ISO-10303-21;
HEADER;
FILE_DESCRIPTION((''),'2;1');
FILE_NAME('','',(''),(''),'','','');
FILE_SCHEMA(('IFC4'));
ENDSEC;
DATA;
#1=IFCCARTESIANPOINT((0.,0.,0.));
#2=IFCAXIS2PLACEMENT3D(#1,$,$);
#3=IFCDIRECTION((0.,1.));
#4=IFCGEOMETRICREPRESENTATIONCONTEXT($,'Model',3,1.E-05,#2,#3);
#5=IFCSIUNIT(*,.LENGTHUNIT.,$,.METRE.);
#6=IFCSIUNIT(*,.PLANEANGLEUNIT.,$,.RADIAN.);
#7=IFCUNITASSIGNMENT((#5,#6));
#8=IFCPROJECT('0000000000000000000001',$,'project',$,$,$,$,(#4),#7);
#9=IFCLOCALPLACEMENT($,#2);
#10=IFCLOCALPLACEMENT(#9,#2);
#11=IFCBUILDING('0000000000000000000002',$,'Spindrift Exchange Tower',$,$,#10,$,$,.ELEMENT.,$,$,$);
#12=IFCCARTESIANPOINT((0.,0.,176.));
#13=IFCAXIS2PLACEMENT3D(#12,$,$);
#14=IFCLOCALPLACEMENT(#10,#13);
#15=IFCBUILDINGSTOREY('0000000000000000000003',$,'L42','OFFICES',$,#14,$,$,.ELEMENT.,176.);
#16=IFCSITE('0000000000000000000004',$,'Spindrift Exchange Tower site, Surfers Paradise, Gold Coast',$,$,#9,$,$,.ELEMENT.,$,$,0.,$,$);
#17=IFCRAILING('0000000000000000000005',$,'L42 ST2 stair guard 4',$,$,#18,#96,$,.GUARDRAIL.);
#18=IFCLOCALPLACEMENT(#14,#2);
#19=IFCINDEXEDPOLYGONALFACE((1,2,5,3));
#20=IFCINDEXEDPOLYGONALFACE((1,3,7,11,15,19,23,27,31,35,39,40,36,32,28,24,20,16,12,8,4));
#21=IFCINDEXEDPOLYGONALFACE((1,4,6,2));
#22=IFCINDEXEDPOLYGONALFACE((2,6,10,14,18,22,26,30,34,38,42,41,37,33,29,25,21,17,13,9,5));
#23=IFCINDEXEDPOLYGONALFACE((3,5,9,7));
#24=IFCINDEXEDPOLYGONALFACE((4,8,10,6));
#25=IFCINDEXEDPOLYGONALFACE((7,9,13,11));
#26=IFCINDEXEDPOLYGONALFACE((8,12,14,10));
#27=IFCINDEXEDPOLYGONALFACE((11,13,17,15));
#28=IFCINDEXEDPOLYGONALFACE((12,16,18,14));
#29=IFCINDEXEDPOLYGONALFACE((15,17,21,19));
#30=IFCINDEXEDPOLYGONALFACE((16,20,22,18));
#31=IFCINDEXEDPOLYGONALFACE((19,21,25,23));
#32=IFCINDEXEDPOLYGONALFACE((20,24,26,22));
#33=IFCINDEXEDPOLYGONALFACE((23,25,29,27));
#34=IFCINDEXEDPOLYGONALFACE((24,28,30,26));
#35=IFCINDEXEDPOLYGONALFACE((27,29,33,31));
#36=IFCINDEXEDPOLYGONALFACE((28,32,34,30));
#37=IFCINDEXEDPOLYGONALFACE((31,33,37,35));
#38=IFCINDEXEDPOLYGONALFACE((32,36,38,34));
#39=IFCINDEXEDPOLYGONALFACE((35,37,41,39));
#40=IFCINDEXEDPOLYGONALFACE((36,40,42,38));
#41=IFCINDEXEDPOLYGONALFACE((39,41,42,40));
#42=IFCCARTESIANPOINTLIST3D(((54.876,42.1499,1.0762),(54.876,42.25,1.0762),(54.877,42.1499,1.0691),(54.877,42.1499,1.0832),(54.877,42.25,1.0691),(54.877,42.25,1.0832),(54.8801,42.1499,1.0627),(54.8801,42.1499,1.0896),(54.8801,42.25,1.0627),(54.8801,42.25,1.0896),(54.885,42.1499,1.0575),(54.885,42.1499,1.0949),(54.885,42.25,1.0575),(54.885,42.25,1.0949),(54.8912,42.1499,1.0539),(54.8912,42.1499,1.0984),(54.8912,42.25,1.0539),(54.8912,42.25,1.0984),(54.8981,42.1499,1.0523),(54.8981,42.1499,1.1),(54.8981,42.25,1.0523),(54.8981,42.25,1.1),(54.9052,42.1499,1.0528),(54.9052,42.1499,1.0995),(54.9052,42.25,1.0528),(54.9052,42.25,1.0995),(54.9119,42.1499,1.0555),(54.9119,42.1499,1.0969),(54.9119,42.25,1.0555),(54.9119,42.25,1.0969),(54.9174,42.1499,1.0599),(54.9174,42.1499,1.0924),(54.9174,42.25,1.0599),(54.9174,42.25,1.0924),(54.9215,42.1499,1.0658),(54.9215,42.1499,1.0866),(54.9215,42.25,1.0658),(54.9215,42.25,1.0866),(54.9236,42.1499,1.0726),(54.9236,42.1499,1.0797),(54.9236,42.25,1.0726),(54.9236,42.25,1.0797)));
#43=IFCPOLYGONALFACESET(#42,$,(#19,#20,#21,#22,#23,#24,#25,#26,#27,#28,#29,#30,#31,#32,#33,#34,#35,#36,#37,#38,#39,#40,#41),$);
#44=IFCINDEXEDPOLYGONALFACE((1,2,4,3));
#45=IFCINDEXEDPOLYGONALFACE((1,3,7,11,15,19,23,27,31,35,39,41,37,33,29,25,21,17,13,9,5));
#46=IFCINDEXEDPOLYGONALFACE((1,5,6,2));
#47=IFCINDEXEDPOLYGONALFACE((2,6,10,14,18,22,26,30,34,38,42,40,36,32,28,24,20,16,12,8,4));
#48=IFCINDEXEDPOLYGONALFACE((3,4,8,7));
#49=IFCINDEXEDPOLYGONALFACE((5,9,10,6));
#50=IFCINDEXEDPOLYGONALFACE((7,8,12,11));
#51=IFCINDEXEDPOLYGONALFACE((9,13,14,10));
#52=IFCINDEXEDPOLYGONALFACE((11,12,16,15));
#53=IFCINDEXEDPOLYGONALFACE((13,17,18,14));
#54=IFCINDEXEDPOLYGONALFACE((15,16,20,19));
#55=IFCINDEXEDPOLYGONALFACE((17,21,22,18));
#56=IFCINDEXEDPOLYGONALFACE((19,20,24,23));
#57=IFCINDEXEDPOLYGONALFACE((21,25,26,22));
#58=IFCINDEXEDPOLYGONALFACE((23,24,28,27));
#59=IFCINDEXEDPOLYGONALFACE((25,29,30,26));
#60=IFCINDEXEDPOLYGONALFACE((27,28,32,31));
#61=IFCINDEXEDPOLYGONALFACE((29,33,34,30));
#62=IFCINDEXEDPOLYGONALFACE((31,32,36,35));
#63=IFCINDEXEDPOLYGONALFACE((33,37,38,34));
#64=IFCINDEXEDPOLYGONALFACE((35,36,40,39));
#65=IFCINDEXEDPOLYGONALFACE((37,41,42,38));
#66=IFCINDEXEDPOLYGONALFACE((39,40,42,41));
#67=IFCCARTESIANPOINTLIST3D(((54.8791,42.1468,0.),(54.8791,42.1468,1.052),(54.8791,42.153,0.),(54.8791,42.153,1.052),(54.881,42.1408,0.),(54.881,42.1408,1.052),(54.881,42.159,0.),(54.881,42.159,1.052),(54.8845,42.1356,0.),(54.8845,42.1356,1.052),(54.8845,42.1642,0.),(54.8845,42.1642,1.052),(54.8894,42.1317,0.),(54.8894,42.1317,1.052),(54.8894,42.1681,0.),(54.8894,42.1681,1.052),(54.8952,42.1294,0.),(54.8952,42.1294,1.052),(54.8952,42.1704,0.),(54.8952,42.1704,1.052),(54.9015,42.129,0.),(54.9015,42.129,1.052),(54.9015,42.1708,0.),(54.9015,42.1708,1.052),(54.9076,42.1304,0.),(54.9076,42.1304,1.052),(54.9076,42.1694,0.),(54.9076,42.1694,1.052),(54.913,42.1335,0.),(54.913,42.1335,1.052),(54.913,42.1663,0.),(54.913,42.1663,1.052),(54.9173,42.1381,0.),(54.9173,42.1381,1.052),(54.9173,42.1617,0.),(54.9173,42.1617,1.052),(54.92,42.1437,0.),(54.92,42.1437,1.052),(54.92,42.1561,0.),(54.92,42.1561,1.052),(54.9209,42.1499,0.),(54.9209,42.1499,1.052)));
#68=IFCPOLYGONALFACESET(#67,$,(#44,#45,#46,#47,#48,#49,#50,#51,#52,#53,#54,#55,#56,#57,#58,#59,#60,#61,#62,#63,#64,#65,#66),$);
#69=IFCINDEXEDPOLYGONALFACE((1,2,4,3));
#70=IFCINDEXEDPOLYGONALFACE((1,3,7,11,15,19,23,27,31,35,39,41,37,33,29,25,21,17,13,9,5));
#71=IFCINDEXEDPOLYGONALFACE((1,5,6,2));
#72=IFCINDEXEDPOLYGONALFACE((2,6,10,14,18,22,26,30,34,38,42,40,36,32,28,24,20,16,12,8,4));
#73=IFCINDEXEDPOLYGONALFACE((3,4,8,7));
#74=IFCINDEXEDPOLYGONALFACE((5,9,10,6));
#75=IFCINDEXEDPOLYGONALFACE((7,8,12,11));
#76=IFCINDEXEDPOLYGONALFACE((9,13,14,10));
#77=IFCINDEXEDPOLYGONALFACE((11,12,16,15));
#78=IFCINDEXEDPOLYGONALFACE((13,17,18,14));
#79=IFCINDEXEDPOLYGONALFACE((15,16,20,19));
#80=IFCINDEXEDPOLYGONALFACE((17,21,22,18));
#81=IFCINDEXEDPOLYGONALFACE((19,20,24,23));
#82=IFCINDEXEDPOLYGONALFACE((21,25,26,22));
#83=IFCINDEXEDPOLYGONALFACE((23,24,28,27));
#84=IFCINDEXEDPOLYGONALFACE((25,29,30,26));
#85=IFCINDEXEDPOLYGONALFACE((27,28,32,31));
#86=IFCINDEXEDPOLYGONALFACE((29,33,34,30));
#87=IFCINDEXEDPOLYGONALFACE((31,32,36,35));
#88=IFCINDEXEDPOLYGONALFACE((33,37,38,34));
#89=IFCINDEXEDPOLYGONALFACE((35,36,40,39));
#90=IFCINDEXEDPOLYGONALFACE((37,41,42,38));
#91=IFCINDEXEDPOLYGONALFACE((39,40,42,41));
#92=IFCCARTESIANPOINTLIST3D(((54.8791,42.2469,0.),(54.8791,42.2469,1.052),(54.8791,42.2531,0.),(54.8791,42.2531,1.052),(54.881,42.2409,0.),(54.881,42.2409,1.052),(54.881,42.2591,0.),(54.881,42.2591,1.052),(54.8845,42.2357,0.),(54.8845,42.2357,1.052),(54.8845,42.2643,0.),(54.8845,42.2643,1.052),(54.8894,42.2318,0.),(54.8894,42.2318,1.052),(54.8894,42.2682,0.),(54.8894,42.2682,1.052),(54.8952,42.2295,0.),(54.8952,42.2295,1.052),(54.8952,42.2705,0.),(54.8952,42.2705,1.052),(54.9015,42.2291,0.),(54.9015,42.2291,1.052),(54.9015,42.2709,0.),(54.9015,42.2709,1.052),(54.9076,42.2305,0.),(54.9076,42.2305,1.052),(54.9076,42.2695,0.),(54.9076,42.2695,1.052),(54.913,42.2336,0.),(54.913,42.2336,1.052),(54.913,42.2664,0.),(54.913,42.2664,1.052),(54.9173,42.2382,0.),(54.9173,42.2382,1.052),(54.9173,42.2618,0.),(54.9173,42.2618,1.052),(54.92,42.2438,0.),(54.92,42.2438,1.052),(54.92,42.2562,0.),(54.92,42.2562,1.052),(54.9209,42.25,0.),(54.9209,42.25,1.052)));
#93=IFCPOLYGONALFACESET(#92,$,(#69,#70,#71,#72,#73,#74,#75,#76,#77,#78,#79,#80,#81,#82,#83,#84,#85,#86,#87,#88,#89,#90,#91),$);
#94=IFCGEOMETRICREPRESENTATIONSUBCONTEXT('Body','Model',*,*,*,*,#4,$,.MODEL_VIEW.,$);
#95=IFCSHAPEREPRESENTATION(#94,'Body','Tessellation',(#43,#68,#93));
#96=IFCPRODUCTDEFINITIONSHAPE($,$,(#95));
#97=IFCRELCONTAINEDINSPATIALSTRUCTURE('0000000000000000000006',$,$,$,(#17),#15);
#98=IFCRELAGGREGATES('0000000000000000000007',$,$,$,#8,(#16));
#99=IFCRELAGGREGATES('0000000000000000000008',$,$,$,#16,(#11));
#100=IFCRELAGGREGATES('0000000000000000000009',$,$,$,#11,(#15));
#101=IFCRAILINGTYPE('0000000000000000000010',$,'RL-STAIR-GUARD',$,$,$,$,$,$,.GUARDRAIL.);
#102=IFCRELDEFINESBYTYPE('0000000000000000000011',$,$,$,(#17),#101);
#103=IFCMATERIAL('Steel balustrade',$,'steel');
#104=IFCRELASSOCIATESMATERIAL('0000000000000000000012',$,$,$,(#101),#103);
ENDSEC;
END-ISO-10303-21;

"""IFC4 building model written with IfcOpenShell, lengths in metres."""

from ifc_helpers import new_model, si_unit, direction, frame, origin, origin_2d, place, context, subcontext, project, spatial, circle, extrude, material, type_object, element, save


model = new_model("IFC4")

# Units and contexts
model_context = context("Model", 3, precision=1e-05, world=origin(), true_north=direction((0.0, 1.0)))
body_context = subcontext(model_context, "Body", "Model", "MODEL_VIEW")
ifc_project = project(units=[si_unit("LENGTHUNIT", "METRE"), si_unit("PLANEANGLEUNIT", "RADIAN")], contexts=[model_context])

# Site, building, storey
site_placement = place(None, origin())
site = spatial("IfcSite", under=ifc_project, at=site_placement, Name="Spindrift Exchange Tower site, Surfers Paradise, Gold Coast", CompositionType="ELEMENT", RefElevation=0.0)
building_placement = place(site_placement, origin())
building = spatial("IfcBuilding", under=site, at=building_placement, Name="Spindrift Exchange Tower", CompositionType="ELEMENT")
storey_placement = place(building_placement, frame((0.0, 0.0, 176.0)))
storey = spatial("IfcBuildingStorey", under=building, at=storey_placement, Name="L42", Description="OFFICES", CompositionType="ELEMENT", Elevation=176.0)

# Railing
ifc_material_1 = material(Name="Steel balustrade", Category="steel")
railing_type_1 = type_object("IfcRailingType", Name="RL-STAIR-GUARD", PredefinedType="GUARDRAIL", material=ifc_material_1)
railing_1_placement = place(storey_placement, frame((54.8999, 42.1499, 0.0)))
element("IfcRailing", 1, at=railing_1_placement, inside=storey, type_object=railing_type_1, Name="L42 ST2 stair guard 4", PredefinedType="GUARDRAIL", context=body_context, shape_type="SweptSolid", body=[
    extrude(circle(Radius=0.0239, at=origin_2d()), frame((0.0, 0.0, 1.0762), z_axis=(0.0, 1.0, 0.0), x_axis=(-1.0, 0.0, 0.0)), (0.0, 0.0, 1.0), 0.1001),
    extrude(circle(Radius=0.021, at=origin_2d()), origin(), (0.0, 0.0, 1.0), 1.052),
    extrude(circle(Radius=0.021, at=origin_2d()), frame((0.0, 0.1001, 0.0)), (0.0, 0.0, 1.0), 1.052),
])

save(model, "model.ifc")
